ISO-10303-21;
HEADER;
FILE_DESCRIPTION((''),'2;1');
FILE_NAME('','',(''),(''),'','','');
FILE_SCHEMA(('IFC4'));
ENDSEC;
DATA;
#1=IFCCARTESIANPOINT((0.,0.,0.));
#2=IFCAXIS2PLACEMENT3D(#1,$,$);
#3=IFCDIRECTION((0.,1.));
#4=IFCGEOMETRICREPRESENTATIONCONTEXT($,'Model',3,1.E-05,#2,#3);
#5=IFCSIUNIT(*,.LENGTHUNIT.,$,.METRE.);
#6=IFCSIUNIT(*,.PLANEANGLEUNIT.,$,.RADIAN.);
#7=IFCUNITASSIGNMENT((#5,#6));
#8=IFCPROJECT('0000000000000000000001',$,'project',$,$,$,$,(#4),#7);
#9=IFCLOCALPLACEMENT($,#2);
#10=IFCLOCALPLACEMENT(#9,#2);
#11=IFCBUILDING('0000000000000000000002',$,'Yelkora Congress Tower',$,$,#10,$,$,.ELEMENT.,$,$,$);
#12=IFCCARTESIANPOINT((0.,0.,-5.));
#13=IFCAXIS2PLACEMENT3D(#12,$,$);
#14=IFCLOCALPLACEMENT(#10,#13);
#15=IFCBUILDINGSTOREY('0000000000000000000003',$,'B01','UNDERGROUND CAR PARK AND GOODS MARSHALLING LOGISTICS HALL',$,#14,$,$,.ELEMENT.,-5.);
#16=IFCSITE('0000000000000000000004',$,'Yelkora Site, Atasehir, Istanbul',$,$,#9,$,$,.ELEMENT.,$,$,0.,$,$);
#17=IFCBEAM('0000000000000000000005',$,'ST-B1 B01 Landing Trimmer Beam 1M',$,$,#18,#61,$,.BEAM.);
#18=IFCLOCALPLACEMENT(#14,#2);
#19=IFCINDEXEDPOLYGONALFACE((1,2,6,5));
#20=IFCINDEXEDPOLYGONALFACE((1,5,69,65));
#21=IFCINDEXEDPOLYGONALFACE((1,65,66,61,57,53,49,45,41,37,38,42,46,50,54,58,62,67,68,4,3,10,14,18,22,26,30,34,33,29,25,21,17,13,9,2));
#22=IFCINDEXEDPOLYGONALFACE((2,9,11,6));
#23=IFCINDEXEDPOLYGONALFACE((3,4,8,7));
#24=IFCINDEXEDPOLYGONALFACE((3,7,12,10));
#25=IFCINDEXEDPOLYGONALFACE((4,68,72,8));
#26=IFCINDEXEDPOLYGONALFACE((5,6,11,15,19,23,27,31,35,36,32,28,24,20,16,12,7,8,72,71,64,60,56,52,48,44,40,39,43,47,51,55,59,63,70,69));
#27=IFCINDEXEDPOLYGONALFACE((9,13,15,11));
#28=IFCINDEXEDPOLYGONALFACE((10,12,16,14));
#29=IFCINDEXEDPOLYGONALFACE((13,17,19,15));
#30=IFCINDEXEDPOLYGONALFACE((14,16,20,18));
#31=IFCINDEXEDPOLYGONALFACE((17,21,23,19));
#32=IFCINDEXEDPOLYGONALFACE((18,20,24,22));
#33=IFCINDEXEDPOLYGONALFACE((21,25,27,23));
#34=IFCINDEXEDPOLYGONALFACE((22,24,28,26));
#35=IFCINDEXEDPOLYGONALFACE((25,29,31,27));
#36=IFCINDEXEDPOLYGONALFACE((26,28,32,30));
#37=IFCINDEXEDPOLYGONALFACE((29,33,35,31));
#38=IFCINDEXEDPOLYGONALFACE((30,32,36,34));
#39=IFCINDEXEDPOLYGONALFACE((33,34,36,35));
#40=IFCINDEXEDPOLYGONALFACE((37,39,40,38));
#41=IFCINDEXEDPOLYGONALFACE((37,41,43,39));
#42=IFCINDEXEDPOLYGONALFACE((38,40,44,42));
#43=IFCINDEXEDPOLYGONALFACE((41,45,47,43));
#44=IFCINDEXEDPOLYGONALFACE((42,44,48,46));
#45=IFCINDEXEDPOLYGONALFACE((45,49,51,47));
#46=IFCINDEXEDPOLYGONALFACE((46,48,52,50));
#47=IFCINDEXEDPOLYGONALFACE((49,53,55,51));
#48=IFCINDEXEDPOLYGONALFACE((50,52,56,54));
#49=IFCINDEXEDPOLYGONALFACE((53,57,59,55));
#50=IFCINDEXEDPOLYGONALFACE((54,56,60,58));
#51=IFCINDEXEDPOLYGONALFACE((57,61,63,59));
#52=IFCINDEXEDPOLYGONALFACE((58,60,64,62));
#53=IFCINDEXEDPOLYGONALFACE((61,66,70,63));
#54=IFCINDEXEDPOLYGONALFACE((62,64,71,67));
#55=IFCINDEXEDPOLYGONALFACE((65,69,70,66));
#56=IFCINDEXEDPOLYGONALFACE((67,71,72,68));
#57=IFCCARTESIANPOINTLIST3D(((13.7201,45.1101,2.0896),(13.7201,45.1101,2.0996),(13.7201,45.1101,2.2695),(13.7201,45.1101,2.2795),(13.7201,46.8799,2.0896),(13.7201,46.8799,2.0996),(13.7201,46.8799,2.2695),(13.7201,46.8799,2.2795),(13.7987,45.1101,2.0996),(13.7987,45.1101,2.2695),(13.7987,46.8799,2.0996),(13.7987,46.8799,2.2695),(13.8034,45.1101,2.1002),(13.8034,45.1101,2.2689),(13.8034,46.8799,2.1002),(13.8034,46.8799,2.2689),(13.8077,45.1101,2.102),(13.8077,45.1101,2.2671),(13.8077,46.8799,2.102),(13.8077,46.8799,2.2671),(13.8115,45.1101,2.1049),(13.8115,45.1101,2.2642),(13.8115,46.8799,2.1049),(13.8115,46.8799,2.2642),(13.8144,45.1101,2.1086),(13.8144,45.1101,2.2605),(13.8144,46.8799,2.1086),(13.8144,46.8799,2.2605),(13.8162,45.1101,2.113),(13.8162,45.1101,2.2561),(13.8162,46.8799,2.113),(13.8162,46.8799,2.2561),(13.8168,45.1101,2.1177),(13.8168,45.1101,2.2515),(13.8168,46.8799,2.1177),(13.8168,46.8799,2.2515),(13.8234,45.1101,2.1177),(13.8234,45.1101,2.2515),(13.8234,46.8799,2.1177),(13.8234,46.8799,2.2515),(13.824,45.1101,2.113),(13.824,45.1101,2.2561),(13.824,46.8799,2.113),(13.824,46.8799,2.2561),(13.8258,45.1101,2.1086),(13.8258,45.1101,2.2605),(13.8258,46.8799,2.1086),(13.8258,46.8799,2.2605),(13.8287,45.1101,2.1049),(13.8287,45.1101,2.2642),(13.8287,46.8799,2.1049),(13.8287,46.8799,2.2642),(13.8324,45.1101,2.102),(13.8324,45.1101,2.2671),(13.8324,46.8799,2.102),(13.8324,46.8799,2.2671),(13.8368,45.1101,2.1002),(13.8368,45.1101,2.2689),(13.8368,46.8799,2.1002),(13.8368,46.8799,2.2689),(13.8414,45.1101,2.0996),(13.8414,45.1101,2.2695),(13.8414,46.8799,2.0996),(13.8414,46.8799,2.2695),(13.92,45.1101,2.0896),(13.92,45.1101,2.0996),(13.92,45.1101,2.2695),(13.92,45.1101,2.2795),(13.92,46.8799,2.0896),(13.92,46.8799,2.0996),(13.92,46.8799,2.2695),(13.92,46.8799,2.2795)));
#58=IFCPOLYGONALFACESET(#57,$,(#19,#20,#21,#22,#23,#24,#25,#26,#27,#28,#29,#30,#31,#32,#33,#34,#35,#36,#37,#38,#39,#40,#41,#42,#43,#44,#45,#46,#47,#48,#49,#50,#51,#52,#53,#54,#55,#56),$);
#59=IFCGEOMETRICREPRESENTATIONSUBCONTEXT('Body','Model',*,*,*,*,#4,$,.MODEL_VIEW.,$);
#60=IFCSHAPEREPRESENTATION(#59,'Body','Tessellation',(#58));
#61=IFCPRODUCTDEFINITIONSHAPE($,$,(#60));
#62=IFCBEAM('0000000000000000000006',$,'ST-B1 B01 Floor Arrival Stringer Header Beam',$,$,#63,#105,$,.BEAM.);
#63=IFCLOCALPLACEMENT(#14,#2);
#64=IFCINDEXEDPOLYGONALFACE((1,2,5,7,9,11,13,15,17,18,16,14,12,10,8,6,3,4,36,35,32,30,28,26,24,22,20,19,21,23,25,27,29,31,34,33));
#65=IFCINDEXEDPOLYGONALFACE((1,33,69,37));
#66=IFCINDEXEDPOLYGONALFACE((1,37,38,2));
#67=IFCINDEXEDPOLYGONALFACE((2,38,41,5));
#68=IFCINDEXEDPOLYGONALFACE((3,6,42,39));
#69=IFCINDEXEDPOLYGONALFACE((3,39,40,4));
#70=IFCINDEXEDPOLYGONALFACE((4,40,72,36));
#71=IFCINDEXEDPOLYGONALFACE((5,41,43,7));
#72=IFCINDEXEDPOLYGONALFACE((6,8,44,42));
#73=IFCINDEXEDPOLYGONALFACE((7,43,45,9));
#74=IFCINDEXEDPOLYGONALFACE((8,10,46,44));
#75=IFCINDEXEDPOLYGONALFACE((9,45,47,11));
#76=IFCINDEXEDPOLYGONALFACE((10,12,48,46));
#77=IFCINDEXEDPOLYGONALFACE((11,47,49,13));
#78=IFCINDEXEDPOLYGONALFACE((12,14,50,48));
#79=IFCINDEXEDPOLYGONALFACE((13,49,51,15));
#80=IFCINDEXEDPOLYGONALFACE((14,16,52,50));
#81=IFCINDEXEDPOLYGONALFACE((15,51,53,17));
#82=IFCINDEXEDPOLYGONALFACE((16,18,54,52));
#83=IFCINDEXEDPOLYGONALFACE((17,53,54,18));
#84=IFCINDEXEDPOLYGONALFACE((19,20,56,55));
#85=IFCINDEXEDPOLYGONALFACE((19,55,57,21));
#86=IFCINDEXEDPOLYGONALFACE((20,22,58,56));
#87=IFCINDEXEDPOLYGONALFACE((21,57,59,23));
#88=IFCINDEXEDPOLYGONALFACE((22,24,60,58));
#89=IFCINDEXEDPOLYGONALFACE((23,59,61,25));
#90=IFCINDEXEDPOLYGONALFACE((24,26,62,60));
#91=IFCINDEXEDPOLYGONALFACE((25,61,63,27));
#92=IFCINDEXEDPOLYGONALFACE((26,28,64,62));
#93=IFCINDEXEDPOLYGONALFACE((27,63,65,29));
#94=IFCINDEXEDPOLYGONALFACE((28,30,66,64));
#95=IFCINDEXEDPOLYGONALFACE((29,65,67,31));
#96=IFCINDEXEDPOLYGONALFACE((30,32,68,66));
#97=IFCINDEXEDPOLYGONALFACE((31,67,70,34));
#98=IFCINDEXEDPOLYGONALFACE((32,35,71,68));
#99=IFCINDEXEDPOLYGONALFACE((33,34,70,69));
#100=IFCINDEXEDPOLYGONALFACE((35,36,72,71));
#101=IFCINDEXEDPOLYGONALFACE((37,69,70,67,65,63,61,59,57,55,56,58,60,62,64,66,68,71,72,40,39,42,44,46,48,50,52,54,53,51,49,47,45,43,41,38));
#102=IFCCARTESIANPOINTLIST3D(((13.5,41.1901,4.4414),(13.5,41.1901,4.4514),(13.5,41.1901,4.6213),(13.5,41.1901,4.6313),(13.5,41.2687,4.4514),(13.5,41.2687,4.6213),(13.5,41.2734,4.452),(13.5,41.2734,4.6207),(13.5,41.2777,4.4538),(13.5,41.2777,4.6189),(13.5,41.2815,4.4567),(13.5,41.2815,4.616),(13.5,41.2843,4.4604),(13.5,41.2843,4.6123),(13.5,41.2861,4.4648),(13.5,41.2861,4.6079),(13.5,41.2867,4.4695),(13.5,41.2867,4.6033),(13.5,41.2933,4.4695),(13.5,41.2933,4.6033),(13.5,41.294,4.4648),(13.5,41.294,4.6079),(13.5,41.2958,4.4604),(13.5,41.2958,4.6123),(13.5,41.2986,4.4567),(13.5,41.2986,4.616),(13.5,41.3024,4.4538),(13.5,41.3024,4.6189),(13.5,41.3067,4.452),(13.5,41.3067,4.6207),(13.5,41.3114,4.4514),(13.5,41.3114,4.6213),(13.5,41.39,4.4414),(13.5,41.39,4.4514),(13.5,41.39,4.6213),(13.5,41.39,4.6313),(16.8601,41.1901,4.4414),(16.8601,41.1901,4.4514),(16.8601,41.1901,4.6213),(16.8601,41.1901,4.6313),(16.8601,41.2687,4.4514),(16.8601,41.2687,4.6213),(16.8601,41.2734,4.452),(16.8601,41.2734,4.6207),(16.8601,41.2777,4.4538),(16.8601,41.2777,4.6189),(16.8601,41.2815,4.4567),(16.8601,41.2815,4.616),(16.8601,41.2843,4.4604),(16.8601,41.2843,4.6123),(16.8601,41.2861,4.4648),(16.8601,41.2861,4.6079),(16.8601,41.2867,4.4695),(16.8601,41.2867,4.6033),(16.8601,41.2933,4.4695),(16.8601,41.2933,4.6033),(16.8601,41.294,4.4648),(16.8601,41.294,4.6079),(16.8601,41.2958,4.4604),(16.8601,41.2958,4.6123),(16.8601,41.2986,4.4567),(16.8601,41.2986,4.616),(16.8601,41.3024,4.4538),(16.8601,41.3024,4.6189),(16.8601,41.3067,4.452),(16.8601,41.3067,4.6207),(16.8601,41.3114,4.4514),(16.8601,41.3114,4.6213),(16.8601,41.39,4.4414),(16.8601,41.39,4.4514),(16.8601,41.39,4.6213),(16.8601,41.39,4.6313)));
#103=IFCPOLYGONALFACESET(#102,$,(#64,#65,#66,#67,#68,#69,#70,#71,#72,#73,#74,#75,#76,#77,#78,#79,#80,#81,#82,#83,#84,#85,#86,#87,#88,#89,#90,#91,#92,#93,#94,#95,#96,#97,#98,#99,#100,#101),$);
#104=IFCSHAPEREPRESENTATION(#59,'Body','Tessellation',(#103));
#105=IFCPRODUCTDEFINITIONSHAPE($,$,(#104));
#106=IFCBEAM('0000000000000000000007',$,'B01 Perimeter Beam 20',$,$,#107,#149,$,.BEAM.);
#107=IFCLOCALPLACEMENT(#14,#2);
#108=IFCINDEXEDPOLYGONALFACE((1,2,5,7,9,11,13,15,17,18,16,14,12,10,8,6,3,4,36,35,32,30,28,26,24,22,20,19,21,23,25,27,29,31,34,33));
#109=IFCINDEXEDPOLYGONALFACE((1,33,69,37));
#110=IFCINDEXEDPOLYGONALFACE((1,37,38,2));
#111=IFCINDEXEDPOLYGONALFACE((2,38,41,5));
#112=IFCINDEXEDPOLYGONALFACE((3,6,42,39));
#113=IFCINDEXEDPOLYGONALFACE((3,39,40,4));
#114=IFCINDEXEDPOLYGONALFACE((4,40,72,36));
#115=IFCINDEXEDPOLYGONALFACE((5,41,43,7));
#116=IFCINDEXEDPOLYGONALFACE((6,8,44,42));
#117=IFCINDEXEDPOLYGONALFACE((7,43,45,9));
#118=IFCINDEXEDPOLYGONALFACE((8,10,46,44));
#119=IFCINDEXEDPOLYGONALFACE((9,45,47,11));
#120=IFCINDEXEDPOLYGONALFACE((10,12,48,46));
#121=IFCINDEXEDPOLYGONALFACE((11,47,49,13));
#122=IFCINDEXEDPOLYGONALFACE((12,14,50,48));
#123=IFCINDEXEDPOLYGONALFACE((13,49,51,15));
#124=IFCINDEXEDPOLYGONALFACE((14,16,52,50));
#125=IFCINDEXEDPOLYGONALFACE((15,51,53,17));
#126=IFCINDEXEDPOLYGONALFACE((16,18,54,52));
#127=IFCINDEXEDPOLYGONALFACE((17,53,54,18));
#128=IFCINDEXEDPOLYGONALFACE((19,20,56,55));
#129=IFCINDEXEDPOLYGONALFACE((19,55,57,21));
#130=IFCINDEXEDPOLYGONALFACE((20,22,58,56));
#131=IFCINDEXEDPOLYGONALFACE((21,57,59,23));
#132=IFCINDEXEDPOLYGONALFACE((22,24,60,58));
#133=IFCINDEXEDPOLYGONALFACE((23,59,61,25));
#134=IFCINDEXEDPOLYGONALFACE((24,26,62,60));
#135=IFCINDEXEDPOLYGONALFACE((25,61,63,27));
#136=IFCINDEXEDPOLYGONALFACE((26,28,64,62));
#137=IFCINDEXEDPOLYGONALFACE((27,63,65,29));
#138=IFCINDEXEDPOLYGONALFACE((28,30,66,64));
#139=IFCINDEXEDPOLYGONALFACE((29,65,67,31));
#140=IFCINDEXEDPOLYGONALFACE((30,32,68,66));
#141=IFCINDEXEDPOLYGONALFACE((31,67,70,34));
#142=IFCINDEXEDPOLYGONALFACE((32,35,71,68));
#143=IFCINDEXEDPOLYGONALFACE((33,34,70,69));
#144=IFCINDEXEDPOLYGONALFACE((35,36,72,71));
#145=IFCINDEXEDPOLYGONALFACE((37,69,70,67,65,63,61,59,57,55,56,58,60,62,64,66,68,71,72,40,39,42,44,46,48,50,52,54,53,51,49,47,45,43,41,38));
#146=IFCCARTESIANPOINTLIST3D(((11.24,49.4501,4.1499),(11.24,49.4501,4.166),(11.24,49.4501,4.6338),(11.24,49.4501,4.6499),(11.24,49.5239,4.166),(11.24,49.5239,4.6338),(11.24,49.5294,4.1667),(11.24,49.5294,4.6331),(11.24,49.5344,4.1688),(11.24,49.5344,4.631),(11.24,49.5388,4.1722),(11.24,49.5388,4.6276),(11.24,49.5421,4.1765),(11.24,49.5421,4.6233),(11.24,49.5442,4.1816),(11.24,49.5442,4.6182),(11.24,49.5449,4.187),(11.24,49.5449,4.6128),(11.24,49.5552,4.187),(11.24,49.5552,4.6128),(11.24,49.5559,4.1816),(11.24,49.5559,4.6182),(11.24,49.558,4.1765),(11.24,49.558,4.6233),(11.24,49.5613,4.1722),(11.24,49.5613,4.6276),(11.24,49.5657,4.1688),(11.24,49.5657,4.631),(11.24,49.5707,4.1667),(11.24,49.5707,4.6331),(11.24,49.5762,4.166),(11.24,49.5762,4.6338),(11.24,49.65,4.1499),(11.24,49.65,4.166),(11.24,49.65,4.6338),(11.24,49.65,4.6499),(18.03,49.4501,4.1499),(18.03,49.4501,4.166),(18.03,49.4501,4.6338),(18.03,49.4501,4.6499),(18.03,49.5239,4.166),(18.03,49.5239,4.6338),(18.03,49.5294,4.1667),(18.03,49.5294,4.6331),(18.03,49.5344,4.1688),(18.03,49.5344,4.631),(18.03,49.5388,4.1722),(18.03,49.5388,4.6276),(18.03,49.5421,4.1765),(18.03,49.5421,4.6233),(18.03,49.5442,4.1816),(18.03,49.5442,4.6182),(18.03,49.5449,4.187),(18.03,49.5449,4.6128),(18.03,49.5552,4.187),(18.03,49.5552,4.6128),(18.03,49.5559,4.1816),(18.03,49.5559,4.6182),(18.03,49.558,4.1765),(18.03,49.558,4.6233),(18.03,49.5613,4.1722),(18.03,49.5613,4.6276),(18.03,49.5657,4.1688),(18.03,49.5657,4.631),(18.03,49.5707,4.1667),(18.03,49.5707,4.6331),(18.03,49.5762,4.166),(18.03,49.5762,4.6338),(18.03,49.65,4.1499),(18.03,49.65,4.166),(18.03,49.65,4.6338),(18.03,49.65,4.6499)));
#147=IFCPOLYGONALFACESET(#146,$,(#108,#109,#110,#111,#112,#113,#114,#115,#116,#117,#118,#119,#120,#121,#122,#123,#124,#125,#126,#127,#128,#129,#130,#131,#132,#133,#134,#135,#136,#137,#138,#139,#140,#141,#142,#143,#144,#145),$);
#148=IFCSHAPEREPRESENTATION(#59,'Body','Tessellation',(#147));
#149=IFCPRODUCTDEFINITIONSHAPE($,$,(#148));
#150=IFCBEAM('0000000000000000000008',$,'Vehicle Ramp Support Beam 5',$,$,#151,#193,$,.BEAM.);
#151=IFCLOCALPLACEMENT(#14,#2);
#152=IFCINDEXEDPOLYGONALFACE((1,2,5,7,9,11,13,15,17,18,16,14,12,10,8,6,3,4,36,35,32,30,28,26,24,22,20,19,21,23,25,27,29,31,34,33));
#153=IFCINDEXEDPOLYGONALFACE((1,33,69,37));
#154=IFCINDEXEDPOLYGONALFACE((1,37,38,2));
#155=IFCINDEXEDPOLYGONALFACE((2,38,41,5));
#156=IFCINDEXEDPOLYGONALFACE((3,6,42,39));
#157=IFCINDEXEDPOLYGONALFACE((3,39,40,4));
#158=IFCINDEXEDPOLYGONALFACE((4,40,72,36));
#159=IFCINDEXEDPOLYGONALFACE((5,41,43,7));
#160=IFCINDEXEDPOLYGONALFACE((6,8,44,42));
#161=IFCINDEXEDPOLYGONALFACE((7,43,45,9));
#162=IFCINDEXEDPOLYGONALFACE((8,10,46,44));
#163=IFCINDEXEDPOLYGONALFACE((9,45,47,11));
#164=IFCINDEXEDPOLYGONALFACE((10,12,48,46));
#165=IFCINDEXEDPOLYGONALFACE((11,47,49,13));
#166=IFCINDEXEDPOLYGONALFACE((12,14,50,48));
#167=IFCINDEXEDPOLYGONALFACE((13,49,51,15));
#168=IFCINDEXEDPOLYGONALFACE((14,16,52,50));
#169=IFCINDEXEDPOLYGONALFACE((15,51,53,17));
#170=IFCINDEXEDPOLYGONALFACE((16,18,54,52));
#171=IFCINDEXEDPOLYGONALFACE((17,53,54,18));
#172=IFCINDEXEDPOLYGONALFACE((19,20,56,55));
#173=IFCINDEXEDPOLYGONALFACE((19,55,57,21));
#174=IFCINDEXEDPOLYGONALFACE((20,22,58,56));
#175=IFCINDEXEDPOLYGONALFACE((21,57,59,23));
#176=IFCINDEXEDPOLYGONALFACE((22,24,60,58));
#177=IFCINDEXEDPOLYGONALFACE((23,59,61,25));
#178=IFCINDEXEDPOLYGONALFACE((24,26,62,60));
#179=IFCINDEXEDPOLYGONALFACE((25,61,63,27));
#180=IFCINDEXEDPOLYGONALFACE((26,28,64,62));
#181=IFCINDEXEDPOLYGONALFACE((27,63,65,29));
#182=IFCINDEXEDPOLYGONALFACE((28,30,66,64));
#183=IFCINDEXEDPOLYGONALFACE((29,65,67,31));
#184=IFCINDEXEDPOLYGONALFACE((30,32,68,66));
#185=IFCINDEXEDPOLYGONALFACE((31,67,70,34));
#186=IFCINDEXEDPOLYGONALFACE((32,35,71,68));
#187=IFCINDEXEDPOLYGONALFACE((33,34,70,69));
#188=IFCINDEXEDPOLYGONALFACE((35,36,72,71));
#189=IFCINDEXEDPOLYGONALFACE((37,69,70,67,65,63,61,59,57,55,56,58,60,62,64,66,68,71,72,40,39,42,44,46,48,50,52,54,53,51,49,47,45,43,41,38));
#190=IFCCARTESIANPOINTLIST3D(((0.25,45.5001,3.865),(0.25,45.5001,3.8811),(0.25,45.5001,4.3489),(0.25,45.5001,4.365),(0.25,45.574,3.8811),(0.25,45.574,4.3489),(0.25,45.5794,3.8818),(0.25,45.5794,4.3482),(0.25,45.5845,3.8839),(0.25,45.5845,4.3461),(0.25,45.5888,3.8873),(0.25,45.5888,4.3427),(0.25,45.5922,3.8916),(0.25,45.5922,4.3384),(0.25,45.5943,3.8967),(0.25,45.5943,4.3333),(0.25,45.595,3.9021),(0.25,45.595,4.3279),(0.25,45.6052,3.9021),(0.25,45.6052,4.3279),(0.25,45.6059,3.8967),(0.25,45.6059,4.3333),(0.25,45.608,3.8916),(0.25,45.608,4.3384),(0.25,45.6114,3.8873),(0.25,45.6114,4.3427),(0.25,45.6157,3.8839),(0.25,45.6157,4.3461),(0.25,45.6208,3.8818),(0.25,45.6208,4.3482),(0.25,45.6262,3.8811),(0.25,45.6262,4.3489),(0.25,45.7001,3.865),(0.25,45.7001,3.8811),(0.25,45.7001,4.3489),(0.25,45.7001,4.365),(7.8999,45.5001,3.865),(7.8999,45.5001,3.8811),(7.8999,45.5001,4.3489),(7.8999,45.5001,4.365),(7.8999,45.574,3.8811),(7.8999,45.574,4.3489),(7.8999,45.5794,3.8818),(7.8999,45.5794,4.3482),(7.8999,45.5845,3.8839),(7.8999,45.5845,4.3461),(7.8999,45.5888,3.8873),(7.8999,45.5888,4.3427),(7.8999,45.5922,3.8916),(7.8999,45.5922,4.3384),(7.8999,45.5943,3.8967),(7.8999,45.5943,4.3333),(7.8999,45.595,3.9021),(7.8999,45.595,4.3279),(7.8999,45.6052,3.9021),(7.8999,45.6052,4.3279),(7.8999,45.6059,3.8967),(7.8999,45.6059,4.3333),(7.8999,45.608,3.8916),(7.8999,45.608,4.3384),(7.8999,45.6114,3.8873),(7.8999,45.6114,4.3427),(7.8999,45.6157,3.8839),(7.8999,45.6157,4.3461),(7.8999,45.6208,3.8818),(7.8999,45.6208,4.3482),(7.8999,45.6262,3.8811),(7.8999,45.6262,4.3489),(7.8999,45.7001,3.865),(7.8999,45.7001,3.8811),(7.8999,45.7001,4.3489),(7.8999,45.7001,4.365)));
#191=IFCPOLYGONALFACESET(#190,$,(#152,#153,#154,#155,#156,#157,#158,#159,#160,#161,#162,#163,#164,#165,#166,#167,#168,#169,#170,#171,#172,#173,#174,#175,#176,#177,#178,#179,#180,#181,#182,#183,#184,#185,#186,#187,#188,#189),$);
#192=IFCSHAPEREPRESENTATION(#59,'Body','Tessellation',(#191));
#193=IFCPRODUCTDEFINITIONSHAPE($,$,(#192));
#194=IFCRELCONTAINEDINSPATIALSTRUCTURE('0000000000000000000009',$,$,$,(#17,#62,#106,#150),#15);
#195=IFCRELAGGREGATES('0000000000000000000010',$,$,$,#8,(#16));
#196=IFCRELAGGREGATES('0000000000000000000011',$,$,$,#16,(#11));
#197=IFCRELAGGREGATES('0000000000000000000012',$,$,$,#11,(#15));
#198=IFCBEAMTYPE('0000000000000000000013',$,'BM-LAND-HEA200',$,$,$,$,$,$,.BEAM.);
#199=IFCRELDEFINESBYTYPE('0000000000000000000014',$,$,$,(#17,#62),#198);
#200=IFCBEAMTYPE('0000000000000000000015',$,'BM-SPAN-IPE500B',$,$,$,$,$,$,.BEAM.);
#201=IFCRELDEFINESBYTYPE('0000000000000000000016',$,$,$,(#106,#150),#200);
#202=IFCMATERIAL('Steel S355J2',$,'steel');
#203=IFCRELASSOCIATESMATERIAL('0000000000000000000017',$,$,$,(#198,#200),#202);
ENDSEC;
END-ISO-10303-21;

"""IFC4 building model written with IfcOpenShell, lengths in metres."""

from ifc_helpers import new_model, si_unit, direction, frame, origin, origin_2d, place, context, subcontext, project, spatial, i_section, extrude, material, material_profile, profile_set, type_object, element, save


model = new_model("IFC4")

# Units and contexts
model_context = context("Model", 3, precision=1e-05, world=origin(), true_north=direction((0.0, 1.0)))
body_context = subcontext(model_context, "Body", "Model", "MODEL_VIEW")
ifc_project = project(units=[si_unit("LENGTHUNIT", "METRE"), si_unit("PLANEANGLEUNIT", "RADIAN")], contexts=[model_context])

# Site, building, storey
site_placement = place(None, origin())
site = spatial("IfcSite", under=ifc_project, at=site_placement, Name="Yelkora Site, Atasehir, Istanbul", CompositionType="ELEMENT", RefElevation=0.0)
building_placement = place(site_placement, origin())
building = spatial("IfcBuilding", under=site, at=building_placement, Name="Yelkora Congress Tower", CompositionType="ELEMENT")
storey_placement = place(building_placement, frame((0.0, 0.0, -5.0)))
storey = spatial("IfcBuildingStorey", under=building, at=storey_placement, Name="B01", Description="UNDERGROUND CAR PARK AND GOODS MARSHALLING LOGISTICS HALL", CompositionType="ELEMENT", Elevation=-5.0)

# Beams
ifc_material_1 = material(Name="Steel S355J2", Category="steel")
ifc_material_profile_1 = material_profile(ifc_material_1, i_section(OverallWidth=0.2, OverallDepth=0.1899, WebThickness=0.0066, FlangeThickness=0.01, FilletRadius=0.0181, at=origin_2d()), Name="HEA 200")
ifc_profile_set_1 = profile_set([ifc_material_profile_1], Name="Steel S355J2")
beam_type_1 = type_object("IfcBeamType", Name="BM-LAND-HEA200", PredefinedType="BEAM", material=ifc_profile_set_1)
beam_1_placement = place(storey_placement, frame((13.8201, 45.1101, 2.1846), z_axis=(0.0, 1.0, 0.0), x_axis=(-1.0, 0.0, 0.0)))
element("IfcBeam", 1, at=beam_1_placement, inside=storey, type_object=beam_type_1, Name="ST-B1 B01 Landing Trimmer Beam 1M", PredefinedType="BEAM", context=body_context, shape_type="SweptSolid", body=[
    extrude(i_section(OverallWidth=0.2, OverallDepth=0.1899, WebThickness=0.0066, FlangeThickness=0.01, FilletRadius=0.0181, at=origin_2d()), origin(), (0.0, 0.0, 1.0), 1.7698),
])
beam_2_placement = place(storey_placement, frame((13.5, 41.29, 4.5364), z_axis=(1.0, 0.0, 0.0), x_axis=(0.0, 1.0, 0.0)))
element("IfcBeam", 2, at=beam_2_placement, inside=storey, type_object=beam_type_1, Name="ST-B1 B01 Floor Arrival Stringer Header Beam", PredefinedType="BEAM", context=body_context, shape_type="SweptSolid", body=[
    extrude(i_section(OverallWidth=0.2, OverallDepth=0.1899, WebThickness=0.0066, FlangeThickness=0.01, FilletRadius=0.0181, at=origin_2d()), origin(), (0.0, 0.0, 1.0), 3.3601),
])
ifc_material_profile_2 = material_profile(ifc_material_1, i_section(OverallWidth=0.2, OverallDepth=0.5, WebThickness=0.0103, FlangeThickness=0.0161, FilletRadius=0.021, at=origin_2d()), Name="IPE 500")
ifc_profile_set_2 = profile_set([ifc_material_profile_2], Name="Steel S355J2")
beam_type_2 = type_object("IfcBeamType", Name="BM-SPAN-IPE500B", PredefinedType="BEAM", material=ifc_profile_set_2)
beam_3_placement = place(storey_placement, frame((18.03, 49.55, 4.3999), z_axis=(-1.0, 0.0, 0.0), x_axis=(0.0, -1.0, 0.0)))
element("IfcBeam", 3, at=beam_3_placement, inside=storey, type_object=beam_type_2, Name="B01 Perimeter Beam 20", PredefinedType="BEAM", context=body_context, shape_type="SweptSolid", body=[
    extrude(i_section(OverallWidth=0.2, OverallDepth=0.5, WebThickness=0.0103, FlangeThickness=0.0161, FilletRadius=0.021, at=origin_2d()), origin(), (0.0, 0.0, 1.0), 6.79),
])
beam_4_placement = place(storey_placement, frame((0.25, 45.6001, 4.115), z_axis=(1.0, 0.0, 0.0), x_axis=(0.0, 1.0, 0.0)))
element("IfcBeam", 4, at=beam_4_placement, inside=storey, type_object=beam_type_2, Name="Vehicle Ramp Support Beam 5", PredefinedType="BEAM", context=body_context, shape_type="SweptSolid", body=[
    extrude(i_section(OverallWidth=0.2, OverallDepth=0.5, WebThickness=0.0103, FlangeThickness=0.0161, FilletRadius=0.021, at=origin_2d()), origin(), (0.0, 0.0, 1.0), 7.6499),
])

save(model, "model.ifc")
